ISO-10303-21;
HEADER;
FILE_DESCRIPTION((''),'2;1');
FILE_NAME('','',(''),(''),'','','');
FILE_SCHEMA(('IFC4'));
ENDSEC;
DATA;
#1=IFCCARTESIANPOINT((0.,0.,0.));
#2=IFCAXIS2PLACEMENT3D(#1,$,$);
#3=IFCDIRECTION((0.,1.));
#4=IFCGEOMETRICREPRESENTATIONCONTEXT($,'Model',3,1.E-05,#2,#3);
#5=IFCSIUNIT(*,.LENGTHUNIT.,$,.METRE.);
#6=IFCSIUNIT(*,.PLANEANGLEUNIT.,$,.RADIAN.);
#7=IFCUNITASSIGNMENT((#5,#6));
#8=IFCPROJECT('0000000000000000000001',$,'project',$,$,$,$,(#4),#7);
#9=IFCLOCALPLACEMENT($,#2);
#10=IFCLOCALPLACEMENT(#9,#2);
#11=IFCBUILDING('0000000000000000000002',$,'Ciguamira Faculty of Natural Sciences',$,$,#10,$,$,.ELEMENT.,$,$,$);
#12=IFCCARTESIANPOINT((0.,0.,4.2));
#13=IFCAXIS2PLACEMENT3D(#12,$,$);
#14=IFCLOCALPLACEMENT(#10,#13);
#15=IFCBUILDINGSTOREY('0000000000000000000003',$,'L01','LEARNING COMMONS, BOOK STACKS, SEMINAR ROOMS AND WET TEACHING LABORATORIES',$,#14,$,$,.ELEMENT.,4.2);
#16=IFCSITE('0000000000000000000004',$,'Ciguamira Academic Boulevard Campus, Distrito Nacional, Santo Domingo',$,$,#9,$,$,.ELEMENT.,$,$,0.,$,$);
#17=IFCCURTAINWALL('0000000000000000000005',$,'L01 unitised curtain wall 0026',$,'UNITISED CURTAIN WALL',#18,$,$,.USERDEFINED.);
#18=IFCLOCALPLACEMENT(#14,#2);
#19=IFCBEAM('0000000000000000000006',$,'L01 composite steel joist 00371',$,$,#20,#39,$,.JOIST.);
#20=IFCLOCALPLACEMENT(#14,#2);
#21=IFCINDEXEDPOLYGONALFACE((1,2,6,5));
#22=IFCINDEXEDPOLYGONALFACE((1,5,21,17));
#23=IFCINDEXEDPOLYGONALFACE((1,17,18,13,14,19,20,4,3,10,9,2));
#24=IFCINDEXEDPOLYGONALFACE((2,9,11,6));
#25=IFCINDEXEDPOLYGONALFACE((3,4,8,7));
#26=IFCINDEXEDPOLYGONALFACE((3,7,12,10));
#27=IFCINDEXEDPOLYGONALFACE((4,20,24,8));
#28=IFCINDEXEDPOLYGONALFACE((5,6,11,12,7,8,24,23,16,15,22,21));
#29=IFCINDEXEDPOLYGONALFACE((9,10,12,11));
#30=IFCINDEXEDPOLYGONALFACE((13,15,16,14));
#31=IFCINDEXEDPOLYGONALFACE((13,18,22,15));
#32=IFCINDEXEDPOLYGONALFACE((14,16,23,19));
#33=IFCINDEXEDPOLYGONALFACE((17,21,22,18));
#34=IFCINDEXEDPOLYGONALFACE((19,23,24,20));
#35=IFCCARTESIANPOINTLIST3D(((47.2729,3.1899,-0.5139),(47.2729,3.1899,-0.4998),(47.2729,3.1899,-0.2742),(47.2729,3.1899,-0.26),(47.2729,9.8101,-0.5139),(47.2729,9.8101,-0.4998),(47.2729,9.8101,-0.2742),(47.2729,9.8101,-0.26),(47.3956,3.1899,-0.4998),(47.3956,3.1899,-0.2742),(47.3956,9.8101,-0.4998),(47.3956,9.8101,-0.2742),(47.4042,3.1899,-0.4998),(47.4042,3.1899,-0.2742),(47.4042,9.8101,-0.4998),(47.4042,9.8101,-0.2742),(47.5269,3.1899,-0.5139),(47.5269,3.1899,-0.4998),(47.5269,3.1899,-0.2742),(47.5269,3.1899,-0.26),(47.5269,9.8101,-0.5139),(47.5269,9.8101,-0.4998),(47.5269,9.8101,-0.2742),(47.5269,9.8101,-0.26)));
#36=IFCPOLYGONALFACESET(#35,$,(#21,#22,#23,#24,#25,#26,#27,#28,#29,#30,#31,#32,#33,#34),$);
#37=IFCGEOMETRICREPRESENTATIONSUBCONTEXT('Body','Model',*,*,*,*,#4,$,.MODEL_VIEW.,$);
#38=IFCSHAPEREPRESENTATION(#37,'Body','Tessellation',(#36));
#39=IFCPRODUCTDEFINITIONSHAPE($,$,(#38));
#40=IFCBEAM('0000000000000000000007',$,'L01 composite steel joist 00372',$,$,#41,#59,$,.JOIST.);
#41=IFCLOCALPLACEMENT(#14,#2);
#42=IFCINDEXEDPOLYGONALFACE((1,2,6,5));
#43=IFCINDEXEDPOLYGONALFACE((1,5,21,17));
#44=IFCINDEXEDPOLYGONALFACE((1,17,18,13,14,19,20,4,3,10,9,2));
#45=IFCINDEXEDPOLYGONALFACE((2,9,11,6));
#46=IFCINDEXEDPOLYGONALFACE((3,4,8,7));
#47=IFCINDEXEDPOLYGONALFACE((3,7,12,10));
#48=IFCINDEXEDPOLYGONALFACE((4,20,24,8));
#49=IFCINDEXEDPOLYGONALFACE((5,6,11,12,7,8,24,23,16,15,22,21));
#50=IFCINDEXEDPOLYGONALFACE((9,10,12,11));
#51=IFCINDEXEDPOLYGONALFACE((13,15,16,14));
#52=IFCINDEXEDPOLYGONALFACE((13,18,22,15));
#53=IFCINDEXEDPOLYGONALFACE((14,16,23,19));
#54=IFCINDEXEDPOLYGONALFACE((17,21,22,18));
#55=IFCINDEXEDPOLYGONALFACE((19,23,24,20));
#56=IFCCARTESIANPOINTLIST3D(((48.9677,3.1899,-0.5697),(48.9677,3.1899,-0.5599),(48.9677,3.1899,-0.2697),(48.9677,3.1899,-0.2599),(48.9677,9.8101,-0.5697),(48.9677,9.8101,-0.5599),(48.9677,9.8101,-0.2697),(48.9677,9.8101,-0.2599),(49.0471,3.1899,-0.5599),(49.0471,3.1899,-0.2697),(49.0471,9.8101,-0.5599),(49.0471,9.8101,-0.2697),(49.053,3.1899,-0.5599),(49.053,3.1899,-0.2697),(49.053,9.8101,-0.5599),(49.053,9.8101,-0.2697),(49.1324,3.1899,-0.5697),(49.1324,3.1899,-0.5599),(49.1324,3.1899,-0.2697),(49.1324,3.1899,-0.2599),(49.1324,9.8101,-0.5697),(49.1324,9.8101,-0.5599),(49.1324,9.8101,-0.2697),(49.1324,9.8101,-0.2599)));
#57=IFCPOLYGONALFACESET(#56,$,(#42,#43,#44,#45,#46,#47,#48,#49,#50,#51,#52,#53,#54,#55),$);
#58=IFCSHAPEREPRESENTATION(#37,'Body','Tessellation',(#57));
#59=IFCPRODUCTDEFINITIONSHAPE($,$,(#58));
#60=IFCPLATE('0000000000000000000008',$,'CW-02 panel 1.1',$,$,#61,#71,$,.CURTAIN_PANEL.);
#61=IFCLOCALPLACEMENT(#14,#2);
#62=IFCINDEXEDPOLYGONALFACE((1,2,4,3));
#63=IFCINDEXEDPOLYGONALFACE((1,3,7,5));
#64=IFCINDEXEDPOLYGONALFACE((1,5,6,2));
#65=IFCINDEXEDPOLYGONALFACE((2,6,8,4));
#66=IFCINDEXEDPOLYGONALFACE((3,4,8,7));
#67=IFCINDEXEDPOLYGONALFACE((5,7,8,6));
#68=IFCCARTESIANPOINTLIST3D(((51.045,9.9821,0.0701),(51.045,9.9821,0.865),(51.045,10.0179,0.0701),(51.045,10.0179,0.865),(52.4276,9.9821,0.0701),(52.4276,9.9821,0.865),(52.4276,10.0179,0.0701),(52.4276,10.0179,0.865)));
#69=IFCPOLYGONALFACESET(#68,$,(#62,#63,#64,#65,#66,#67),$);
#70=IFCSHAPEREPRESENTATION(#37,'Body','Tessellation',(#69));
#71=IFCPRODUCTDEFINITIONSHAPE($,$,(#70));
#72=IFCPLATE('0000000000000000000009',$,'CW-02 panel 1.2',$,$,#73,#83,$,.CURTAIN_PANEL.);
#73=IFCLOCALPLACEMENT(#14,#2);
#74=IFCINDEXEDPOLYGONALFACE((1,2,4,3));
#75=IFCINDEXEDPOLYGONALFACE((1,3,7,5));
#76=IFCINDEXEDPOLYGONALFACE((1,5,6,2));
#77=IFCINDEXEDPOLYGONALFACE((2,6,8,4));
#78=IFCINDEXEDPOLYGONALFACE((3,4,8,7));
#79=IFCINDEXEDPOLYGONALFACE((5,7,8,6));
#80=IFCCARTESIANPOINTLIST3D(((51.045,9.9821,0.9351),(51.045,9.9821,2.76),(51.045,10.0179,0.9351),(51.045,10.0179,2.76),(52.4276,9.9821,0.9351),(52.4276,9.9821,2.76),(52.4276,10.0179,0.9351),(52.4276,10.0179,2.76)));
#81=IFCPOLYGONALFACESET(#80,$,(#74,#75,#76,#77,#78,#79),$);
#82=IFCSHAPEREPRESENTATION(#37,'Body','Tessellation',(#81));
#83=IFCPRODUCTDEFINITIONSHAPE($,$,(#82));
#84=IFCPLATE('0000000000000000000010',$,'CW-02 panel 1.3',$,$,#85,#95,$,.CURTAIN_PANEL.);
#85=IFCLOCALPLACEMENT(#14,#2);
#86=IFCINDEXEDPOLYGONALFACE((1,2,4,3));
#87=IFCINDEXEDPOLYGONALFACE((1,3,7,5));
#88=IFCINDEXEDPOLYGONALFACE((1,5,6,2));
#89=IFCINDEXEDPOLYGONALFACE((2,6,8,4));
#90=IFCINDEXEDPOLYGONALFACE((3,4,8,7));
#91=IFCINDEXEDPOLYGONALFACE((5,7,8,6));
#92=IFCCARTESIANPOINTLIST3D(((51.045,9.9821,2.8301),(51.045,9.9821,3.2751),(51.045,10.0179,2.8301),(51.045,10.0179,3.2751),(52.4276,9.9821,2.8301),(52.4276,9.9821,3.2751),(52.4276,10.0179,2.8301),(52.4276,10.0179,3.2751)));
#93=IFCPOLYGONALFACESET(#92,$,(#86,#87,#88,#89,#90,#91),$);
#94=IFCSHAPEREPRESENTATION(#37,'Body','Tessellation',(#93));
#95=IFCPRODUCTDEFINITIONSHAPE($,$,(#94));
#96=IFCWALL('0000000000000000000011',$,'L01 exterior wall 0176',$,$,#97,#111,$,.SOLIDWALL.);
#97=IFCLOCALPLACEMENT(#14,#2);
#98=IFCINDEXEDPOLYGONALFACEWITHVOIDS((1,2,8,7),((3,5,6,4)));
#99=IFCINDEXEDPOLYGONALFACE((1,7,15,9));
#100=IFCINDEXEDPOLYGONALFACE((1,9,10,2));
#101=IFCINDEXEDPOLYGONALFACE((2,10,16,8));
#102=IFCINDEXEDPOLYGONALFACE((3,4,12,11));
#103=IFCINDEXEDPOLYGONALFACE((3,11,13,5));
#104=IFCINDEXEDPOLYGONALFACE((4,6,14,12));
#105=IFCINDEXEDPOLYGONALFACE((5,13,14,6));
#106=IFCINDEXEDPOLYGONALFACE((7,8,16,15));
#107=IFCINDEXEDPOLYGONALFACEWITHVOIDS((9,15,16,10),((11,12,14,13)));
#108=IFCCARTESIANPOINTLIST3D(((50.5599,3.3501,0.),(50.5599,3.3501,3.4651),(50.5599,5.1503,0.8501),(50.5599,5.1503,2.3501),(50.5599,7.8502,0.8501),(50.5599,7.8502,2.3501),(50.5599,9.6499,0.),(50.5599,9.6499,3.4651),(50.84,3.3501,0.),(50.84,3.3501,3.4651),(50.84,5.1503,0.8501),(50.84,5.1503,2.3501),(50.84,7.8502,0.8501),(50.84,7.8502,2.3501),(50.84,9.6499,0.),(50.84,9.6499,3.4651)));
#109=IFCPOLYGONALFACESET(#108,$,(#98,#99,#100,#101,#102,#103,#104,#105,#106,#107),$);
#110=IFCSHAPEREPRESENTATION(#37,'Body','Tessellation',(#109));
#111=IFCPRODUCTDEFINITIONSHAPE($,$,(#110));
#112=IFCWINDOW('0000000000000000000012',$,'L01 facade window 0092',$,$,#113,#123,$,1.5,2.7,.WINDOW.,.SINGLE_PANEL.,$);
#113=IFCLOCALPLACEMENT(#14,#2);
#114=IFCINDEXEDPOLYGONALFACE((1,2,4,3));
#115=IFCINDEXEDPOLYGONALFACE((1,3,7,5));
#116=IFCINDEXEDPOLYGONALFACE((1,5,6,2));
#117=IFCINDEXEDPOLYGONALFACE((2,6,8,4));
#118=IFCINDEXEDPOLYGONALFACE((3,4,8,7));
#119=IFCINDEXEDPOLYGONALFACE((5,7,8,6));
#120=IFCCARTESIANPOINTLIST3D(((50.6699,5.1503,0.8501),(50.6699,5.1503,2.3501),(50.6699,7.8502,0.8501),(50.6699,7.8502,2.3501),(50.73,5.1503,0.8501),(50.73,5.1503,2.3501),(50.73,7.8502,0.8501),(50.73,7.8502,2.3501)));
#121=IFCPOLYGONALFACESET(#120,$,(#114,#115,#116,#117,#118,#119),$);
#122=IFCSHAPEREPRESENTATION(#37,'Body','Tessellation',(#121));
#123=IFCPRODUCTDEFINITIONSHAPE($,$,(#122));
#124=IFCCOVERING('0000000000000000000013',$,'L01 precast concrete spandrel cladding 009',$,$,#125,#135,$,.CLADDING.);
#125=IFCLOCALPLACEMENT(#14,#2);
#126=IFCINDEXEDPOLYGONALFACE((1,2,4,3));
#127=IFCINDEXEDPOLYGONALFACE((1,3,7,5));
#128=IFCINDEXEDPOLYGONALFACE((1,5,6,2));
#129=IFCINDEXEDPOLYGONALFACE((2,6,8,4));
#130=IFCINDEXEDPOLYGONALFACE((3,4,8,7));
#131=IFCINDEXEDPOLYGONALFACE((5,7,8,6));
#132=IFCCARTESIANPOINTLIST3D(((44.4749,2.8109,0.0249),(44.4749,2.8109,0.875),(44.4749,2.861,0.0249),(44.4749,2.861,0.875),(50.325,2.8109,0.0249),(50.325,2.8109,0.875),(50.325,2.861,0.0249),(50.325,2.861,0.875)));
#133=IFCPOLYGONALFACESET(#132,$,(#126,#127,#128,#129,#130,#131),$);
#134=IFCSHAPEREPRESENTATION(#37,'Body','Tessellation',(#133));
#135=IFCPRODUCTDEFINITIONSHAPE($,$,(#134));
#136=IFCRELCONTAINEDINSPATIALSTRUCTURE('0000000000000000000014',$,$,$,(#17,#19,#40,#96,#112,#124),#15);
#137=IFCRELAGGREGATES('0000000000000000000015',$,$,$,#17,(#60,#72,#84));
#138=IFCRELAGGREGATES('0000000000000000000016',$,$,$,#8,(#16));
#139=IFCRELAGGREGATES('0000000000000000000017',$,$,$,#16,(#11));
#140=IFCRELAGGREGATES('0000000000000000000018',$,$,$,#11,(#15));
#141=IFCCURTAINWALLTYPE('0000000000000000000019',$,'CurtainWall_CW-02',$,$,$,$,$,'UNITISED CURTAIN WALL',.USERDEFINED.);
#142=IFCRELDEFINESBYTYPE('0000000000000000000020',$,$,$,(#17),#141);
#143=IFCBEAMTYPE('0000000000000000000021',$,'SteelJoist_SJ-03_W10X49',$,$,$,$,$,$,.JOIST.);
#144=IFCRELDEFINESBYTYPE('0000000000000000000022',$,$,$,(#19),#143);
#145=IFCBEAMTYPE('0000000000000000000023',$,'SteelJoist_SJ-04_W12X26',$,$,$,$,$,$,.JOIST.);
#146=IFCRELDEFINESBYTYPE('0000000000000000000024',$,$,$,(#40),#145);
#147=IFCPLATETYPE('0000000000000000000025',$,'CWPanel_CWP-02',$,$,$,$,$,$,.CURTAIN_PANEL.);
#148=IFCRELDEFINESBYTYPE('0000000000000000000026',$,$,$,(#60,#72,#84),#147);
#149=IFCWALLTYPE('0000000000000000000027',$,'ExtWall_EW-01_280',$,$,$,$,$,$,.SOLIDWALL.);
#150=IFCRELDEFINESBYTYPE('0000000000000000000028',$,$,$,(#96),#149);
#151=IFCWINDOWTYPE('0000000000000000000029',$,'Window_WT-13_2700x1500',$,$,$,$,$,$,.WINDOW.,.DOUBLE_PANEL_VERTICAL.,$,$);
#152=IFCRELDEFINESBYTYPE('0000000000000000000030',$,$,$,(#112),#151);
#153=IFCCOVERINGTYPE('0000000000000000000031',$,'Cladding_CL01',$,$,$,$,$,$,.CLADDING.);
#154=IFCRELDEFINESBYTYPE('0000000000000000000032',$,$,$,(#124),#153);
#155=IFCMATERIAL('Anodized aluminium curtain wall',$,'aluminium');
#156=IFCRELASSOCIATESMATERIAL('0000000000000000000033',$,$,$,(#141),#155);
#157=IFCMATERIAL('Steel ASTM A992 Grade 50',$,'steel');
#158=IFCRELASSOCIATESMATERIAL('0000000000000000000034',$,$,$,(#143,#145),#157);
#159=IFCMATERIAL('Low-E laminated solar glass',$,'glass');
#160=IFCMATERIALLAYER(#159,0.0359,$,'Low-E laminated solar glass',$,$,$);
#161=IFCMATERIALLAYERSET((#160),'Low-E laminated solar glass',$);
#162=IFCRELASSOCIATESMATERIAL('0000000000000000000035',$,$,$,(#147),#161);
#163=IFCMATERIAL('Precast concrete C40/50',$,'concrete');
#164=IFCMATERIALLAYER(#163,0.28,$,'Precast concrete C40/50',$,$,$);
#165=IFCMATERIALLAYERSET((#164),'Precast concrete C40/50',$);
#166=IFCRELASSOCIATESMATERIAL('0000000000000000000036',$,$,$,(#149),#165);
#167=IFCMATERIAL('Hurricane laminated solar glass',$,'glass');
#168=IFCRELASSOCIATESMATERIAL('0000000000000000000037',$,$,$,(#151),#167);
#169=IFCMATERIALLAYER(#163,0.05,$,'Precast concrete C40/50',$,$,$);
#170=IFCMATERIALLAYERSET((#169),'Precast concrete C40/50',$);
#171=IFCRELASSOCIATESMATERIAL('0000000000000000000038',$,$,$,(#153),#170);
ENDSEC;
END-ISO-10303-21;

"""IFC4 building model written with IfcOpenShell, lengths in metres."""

from ifc_helpers import new_model, si_unit, direction, frame, frame_2d, origin, origin_2d, place, context, subcontext, project, spatial, rectangle, i_section, extrude, material, layer, layer_set, material_profile, profile_set, type_object, element, fill, aggregate, save


model = new_model("IFC4")

# Units and contexts
model_context = context("Model", 3, precision=1e-05, world=origin(), true_north=direction((0.0, 1.0)))
body_context = subcontext(model_context, "Body", "Model", "MODEL_VIEW")
ifc_project = project(units=[si_unit("LENGTHUNIT", "METRE"), si_unit("PLANEANGLEUNIT", "RADIAN")], contexts=[model_context])

# Site, building, storey
site_placement = place(None, origin())
site = spatial("IfcSite", under=ifc_project, at=site_placement, Name="Ciguamira Academic Boulevard Campus, Distrito Nacional, Santo Domingo", CompositionType="ELEMENT", RefElevation=0.0)
building_placement = place(site_placement, origin())
building = spatial("IfcBuilding", under=site, at=building_placement, Name="Ciguamira Faculty of Natural Sciences", CompositionType="ELEMENT")
storey_placement = place(building_placement, frame((0.0, 0.0, 4.2)))
storey = spatial("IfcBuildingStorey", under=building, at=storey_placement, Name="L01", Description="LEARNING COMMONS, BOOK STACKS, SEMINAR ROOMS AND WET TEACHING LABORATORIES", CompositionType="ELEMENT", Elevation=4.2)

# Curtain wall
ifc_material_1 = material(Name="Anodized aluminium curtain wall", Category="aluminium")
curtain_wall_type = type_object("IfcCurtainWallType", Name="CurtainWall_CW-02", ElementType="UNITISED CURTAIN WALL", PredefinedType="USERDEFINED", material=ifc_material_1)
curtain_wall_placement = place(storey_placement, origin())
curtain_wall = element("IfcCurtainWall", 1, at=curtain_wall_placement, inside=storey, type_object=curtain_wall_type, Name="L01 unitised curtain wall 0026", ObjectType="UNITISED CURTAIN WALL", PredefinedType="USERDEFINED")

# Beams
ifc_material_2 = material(Name="Precast concrete C40/50", Category="concrete")
ifc_material_3 = material(Name="Steel ASTM A992 Grade 50", Category="steel")
ifc_material_profile_1 = material_profile(ifc_material_3, i_section(OverallWidth=0.2539, OverallDepth=0.2539, WebThickness=0.0085, FlangeThickness=0.0142, at=origin_2d()), Name="W10X49")
ifc_profile_set_1 = profile_set([ifc_material_profile_1], Name="Steel ASTM A992 Grade 50")
beam_type_1 = type_object("IfcBeamType", Name="SteelJoist_SJ-03_W10X49", PredefinedType="JOIST", material=ifc_profile_set_1)
beam_1_placement = place(storey_placement, frame((47.3999, 3.1899, -0.387), z_axis=(0.0, 1.0, 0.0), x_axis=(-1.0, 0.0, 0.0)))
element("IfcBeam", 2, at=beam_1_placement, inside=storey, type_object=beam_type_1, Name="L01 composite steel joist 00371", PredefinedType="JOIST", context=body_context, shape_type="SweptSolid", body=[
    extrude(i_section(OverallWidth=0.2539, OverallDepth=0.2539, WebThickness=0.0085, FlangeThickness=0.0142, at=origin_2d()), origin(), (0.0, 0.0, 1.0), 6.6201),
])
ifc_material_profile_2 = material_profile(ifc_material_3, i_section(OverallWidth=0.1648, OverallDepth=0.3098, WebThickness=0.0059, FlangeThickness=0.0098, at=origin_2d()), Name="W12X26")
ifc_profile_set_2 = profile_set([ifc_material_profile_2], Name="Steel ASTM A992 Grade 50")
beam_type_2 = type_object("IfcBeamType", Name="SteelJoist_SJ-04_W12X26", PredefinedType="JOIST", material=ifc_profile_set_2)
beam_2_placement = place(storey_placement, frame((49.05, 3.1899, -0.4148), z_axis=(0.0, 1.0, 0.0), x_axis=(-1.0, 0.0, 0.0)))
element("IfcBeam", 3, at=beam_2_placement, inside=storey, type_object=beam_type_2, Name="L01 composite steel joist 00372", PredefinedType="JOIST", context=body_context, shape_type="SweptSolid", body=[
    extrude(i_section(OverallWidth=0.1648, OverallDepth=0.3098, WebThickness=0.0059, FlangeThickness=0.0098, at=origin_2d()), origin(), (0.0, 0.0, 1.0), 6.6201),
])

# Plates
ifc_material_4 = material(Name="Low-E laminated solar glass", Category="glass")
ifc_layer_1 = layer(ifc_material_4, 0.0359, Name="Low-E laminated solar glass")
ifc_layer_set_1 = layer_set([ifc_layer_1], Name="Low-E laminated solar glass")
plate_type = type_object("IfcPlateType", Name="CWPanel_CWP-02", PredefinedType="CURTAIN_PANEL", material=ifc_layer_set_1)
plate_1_placement = place(storey_placement, frame((51.7363, 10.0, 0.0701), z_axis=(0.0, 0.0, 1.0), x_axis=(1.0, 0.0, 0.0)))
plate_1 = element("IfcPlate", 4, at=plate_1_placement, type_object=plate_type, Name="CW-02 panel 1.1", PredefinedType="CURTAIN_PANEL", context=body_context, shape_type="SweptSolid", body=[
    extrude(rectangle(XDim=1.3826, YDim=0.0359, at=origin_2d()), origin(), (0.0, 0.0, 1.0), 0.7949),
])
plate_2_placement = place(storey_placement, frame((51.7363, 10.0, 0.9351), z_axis=(0.0, 0.0, 1.0), x_axis=(1.0, 0.0, 0.0)))
plate_2 = element("IfcPlate", 5, at=plate_2_placement, type_object=plate_type, Name="CW-02 panel 1.2", PredefinedType="CURTAIN_PANEL", context=body_context, shape_type="SweptSolid", body=[
    extrude(rectangle(XDim=1.3826, YDim=0.0359, at=origin_2d()), origin(), (0.0, 0.0, 1.0), 1.825),
])
plate_3_placement = place(storey_placement, frame((51.7363, 10.0, 2.8301), z_axis=(0.0, 0.0, 1.0), x_axis=(1.0, 0.0, 0.0)))
plate_3 = element("IfcPlate", 6, at=plate_3_placement, type_object=plate_type, Name="CW-02 panel 1.3", PredefinedType="CURTAIN_PANEL", context=body_context, shape_type="SweptSolid", body=[
    extrude(rectangle(XDim=1.3826, YDim=0.0359, at=origin_2d()), origin(), (0.0, 0.0, 1.0), 0.4451),
])
aggregate(curtain_wall, [plate_1, plate_2, plate_3])

# Wall, opening, window
ifc_layer_2 = layer(ifc_material_2, 0.28, Name="Precast concrete C40/50")
ifc_layer_set_2 = layer_set([ifc_layer_2], Name="Precast concrete C40/50")
wall_type = type_object("IfcWallType", Name="ExtWall_EW-01_280", PredefinedType="SOLIDWALL", material=ifc_layer_set_2)
wall_placement = place(storey_placement, frame((50.7, 3.3501, 0.0), z_axis=(0.0, 0.0, 1.0), x_axis=(0.0, 1.0, 0.0)))
wall = element("IfcWall", 7, at=wall_placement, inside=storey, type_object=wall_type, Name="L01 exterior wall 0176", PredefinedType="SOLIDWALL", context=body_context, shape_type="SweptSolid", body=[
    extrude(rectangle(XDim=6.2998, YDim=0.28, at=frame_2d((3.1499, 0.0))), origin(), (0.0, 0.0, 1.0), 3.4651),
])
opening_placement = place(wall_placement, frame((1.8, 0.0, 0.8501)))
opening = element("IfcOpeningElement", 8, at=opening_placement, cuts=wall, PredefinedType="OPENING", context=body_context, shape_type="SweptSolid", body=[
    extrude(rectangle(XDim=2.7, YDim=1.5, at=frame_2d((1.3501, 0.75))), frame((0.0, 0.1499, 0.0), z_axis=(0.0, -1.0, 0.0), x_axis=(1.0, 0.0, 0.0)), (0.0, 0.0, 1.0), 0.3),
])
ifc_material_5 = material(Name="Hurricane laminated solar glass", Category="glass")
window_type = type_object("IfcWindowType", Name="Window_WT-13_2700x1500", PartitioningType="DOUBLE_PANEL_VERTICAL", PredefinedType="WINDOW", material=ifc_material_5)
window_placement = place(opening_placement, origin())
window = element("IfcWindow", 9, at=window_placement, inside=storey, type_object=window_type, Name="L01 facade window 0092", OverallHeight=1.5, OverallWidth=2.7, PartitioningType="SINGLE_PANEL", PredefinedType="WINDOW", context=body_context, shape_type="SweptSolid", body=[
    extrude(rectangle(XDim=2.7, YDim=1.5, at=frame_2d((1.3501, 0.75))), frame((0.0, 0.03, 0.0), z_axis=(0.0, -1.0, 0.0), x_axis=(1.0, 0.0, 0.0)), (0.0, 0.0, 1.0), 0.0601),
])
fill(opening, window)

# Covering
ifc_layer_3 = layer(ifc_material_2, 0.05, Name="Precast concrete C40/50")
ifc_layer_set_3 = layer_set([ifc_layer_3], Name="Precast concrete C40/50")
covering_type = type_object("IfcCoveringType", Name="Cladding_CL01", PredefinedType="CLADDING", material=ifc_layer_set_3)
covering_placement = place(storey_placement, frame((47.3999, 2.8359, 0.0249), z_axis=(0.0, 0.0, 1.0), x_axis=(1.0, 0.0, 0.0)))
element("IfcCovering", 10, at=covering_placement, inside=storey, type_object=covering_type, Name="L01 precast concrete spandrel cladding 009", PredefinedType="CLADDING", context=body_context, shape_type="SweptSolid", body=[
    extrude(rectangle(XDim=5.8501, YDim=0.05, at=origin_2d()), origin(), (0.0, 0.0, 1.0), 0.8501),
])

save(model, "model.ifc")
